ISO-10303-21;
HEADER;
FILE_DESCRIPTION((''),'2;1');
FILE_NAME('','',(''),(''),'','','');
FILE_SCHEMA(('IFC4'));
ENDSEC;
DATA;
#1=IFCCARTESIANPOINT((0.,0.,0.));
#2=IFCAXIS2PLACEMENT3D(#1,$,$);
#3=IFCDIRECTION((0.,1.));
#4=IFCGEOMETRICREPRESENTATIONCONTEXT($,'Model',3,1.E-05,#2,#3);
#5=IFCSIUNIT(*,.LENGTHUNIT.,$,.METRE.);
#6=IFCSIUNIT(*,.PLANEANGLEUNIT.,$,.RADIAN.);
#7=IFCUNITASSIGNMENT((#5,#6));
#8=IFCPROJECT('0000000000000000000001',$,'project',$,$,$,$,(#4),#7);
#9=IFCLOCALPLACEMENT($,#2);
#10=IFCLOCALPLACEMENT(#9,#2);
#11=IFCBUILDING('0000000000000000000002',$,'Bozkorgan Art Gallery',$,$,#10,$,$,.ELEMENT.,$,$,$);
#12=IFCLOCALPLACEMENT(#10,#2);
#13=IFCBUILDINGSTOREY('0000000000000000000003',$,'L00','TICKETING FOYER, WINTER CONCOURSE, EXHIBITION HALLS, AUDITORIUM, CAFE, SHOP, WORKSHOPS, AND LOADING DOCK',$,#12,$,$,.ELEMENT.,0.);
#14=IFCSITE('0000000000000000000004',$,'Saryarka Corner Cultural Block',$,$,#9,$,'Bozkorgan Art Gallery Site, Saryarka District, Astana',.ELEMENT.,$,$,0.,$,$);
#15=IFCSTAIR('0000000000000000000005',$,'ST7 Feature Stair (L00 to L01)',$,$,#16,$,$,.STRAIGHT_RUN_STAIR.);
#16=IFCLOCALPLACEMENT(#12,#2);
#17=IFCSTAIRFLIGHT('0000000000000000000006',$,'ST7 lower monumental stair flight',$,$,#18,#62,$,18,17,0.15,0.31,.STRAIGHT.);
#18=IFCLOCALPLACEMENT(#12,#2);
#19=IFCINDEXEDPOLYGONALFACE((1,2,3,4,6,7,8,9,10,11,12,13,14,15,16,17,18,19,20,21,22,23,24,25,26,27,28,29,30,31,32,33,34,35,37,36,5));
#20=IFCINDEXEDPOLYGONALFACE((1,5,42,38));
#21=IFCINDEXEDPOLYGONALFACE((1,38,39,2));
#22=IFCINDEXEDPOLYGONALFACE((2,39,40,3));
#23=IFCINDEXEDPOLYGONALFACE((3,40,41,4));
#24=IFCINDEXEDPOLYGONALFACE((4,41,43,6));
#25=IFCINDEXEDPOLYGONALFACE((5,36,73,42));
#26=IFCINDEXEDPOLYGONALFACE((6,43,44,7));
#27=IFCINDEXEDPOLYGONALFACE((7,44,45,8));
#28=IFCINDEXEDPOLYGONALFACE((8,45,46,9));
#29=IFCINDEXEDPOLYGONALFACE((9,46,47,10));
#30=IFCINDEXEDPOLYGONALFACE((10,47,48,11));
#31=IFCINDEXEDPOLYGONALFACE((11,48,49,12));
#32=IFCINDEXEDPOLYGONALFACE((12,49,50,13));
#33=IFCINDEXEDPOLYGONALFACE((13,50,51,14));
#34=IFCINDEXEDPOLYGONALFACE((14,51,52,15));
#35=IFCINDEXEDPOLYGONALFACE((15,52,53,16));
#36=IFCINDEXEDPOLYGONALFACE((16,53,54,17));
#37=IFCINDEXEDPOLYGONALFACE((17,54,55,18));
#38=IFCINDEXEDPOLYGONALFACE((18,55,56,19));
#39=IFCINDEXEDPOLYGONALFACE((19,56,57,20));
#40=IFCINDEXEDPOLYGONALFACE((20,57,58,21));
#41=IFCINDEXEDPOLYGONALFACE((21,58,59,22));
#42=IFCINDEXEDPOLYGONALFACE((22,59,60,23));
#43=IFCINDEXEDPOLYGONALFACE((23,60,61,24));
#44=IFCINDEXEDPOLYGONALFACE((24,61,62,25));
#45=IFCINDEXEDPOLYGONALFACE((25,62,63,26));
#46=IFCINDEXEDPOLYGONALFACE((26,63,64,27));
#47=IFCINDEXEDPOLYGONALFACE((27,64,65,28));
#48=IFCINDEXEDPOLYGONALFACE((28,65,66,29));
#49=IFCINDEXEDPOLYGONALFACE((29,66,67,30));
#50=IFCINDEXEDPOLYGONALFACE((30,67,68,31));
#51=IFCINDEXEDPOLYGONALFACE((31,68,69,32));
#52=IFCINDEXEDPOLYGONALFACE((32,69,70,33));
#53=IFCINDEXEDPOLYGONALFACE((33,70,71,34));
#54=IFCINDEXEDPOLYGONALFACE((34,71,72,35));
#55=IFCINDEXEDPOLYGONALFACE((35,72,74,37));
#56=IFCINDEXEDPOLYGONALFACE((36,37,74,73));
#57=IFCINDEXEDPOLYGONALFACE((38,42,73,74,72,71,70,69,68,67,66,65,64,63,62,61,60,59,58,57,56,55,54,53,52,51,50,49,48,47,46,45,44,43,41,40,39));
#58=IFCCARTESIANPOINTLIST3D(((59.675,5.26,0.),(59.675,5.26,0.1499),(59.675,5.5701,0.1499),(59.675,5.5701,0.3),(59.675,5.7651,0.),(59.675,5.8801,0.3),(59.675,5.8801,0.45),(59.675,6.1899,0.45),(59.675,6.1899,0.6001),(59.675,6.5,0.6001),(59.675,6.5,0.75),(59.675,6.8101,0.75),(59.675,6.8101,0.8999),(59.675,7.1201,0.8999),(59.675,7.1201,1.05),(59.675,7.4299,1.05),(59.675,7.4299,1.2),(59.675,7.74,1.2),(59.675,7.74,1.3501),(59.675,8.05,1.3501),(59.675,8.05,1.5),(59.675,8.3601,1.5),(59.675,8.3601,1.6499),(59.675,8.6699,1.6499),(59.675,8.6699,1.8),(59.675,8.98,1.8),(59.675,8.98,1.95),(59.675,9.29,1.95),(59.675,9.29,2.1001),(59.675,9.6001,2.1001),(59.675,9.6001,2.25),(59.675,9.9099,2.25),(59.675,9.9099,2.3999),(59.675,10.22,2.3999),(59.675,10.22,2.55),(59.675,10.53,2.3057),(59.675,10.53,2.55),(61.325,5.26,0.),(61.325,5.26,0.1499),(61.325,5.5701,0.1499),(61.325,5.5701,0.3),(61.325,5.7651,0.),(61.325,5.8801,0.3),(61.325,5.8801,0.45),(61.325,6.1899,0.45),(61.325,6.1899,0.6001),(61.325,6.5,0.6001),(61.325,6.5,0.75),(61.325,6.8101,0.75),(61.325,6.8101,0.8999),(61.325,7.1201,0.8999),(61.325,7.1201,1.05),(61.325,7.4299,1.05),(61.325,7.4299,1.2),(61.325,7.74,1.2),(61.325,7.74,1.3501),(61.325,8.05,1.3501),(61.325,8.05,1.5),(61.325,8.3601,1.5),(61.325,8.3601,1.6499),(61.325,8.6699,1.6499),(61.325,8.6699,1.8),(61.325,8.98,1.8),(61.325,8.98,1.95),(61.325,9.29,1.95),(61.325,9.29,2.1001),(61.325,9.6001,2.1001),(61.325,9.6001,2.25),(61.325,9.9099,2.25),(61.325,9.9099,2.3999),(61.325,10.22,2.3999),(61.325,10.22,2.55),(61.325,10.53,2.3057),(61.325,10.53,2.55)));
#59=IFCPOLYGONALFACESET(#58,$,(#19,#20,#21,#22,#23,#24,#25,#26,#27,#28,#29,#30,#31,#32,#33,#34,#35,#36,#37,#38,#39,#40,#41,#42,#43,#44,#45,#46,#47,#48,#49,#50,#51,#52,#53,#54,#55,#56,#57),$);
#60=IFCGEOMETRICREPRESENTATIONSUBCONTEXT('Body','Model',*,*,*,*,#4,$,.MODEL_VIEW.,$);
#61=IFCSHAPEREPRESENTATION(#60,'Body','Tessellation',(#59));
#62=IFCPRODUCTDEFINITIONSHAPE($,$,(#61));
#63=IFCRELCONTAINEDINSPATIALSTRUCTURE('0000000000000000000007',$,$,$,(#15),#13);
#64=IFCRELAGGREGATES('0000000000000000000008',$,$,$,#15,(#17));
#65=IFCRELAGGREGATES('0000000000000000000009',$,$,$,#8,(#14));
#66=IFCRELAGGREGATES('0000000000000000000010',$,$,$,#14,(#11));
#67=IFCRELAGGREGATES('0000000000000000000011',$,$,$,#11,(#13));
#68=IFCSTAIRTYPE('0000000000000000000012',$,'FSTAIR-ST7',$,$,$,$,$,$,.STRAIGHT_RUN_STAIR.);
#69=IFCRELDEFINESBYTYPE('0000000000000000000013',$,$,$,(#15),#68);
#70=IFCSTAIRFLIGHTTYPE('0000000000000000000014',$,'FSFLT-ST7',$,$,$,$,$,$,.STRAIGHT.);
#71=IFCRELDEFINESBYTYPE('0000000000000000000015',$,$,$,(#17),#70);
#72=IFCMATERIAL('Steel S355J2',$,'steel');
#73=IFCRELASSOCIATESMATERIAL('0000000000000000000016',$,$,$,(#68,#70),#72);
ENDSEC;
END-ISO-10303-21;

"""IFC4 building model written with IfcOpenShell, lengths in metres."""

from ifc_helpers import new_model, si_unit, direction, frame, origin, place, context, subcontext, project, spatial, polyline, outline, extrude, material, type_object, element, aggregate, save


model = new_model("IFC4")

# Units and contexts
model_context = context("Model", 3, precision=1e-05, world=origin(), true_north=direction((0.0, 1.0)))
body_context = subcontext(model_context, "Body", "Model", "MODEL_VIEW")
ifc_project = project(units=[si_unit("LENGTHUNIT", "METRE"), si_unit("PLANEANGLEUNIT", "RADIAN")], contexts=[model_context])

# Site, building, storey
site_placement = place(None, origin())
site = spatial("IfcSite", under=ifc_project, at=site_placement, Name="Saryarka Corner Cultural Block", LongName="Bozkorgan Art Gallery Site, Saryarka District, Astana", CompositionType="ELEMENT", RefElevation=0.0)
building_placement = place(site_placement, origin())
building = spatial("IfcBuilding", under=site, at=building_placement, Name="Bozkorgan Art Gallery", CompositionType="ELEMENT")
storey_placement = place(building_placement, origin())
storey = spatial("IfcBuildingStorey", under=building, at=storey_placement, Name="L00", Description="TICKETING FOYER, WINTER CONCOURSE, EXHIBITION HALLS, AUDITORIUM, CAFE, SHOP, WORKSHOPS, AND LOADING DOCK", CompositionType="ELEMENT", Elevation=0.0)

# Shared definitions
ifc_material_1 = material(Name="Steel S355J2", Category="steel")

# Stair, stair flight
stair_type = type_object("IfcStairType", Name="FSTAIR-ST7", PredefinedType="STRAIGHT_RUN_STAIR", material=ifc_material_1)
stair_placement = place(storey_placement, origin())
stair = element("IfcStair", 1, at=stair_placement, inside=storey, type_object=stair_type, Name="ST7 Feature Stair (L00 to L01)", PredefinedType="STRAIGHT_RUN_STAIR")
stair_flight_type = type_object("IfcStairFlightType", Name="FSFLT-ST7", PredefinedType="STRAIGHT", material=ifc_material_1)
stair_flight_placement = place(storey_placement, frame((60.5, 5.26, 0.0), z_axis=(0.0, 0.0, 1.0), x_axis=(0.0, 1.0, 0.0)))
stair_flight = element("IfcStairFlight", 2, at=stair_flight_placement, type_object=stair_flight_type, Name="ST7 lower monumental stair flight", NumberOfRisers=18, NumberOfTreads=17, PredefinedType="STRAIGHT", RiserHeight=0.15, TreadLength=0.31, context=body_context, shape_type="SweptSolid", body=[
    extrude(outline(polyline([(0.0, 0.0), (0.0, 0.1499), (0.3101, 0.1499), (0.3101, 0.3), (0.6201, 0.3), (0.6201, 0.45), (0.9299, 0.45), (0.9299, 0.6001), (1.24, 0.6001), (1.24, 0.75), (1.55, 0.75), (1.55, 0.8999), (1.8601, 0.8999), (1.8601, 1.05), (2.1699, 1.05), (2.1699, 1.2), (2.48, 1.2), (2.48, 1.3501), (2.79, 1.3501), (2.79, 1.5), (3.1001, 1.5), (3.1001, 1.6499), (3.4099, 1.6499), (3.4099, 1.8), (3.72, 1.8), (3.72, 1.95), (4.03, 1.95), (4.03, 2.1001), (4.3401, 2.1001), (4.3401, 2.25), (4.6499, 2.25), (4.6499, 2.3999), (4.96, 2.3999), (4.96, 2.55), (5.27, 2.55), (5.27, 2.7), (5.27, 2.3057), (0.5051, 0.0), (0.0, 0.0)])), frame((0.0, 0.825, 0.0), z_axis=(0.0, -1.0, 0.0), x_axis=(1.0, 0.0, 0.0)), (0.0, 0.0, 1.0), 1.6499),
])
aggregate(stair, [stair_flight])

save(model, "model.ifc")
